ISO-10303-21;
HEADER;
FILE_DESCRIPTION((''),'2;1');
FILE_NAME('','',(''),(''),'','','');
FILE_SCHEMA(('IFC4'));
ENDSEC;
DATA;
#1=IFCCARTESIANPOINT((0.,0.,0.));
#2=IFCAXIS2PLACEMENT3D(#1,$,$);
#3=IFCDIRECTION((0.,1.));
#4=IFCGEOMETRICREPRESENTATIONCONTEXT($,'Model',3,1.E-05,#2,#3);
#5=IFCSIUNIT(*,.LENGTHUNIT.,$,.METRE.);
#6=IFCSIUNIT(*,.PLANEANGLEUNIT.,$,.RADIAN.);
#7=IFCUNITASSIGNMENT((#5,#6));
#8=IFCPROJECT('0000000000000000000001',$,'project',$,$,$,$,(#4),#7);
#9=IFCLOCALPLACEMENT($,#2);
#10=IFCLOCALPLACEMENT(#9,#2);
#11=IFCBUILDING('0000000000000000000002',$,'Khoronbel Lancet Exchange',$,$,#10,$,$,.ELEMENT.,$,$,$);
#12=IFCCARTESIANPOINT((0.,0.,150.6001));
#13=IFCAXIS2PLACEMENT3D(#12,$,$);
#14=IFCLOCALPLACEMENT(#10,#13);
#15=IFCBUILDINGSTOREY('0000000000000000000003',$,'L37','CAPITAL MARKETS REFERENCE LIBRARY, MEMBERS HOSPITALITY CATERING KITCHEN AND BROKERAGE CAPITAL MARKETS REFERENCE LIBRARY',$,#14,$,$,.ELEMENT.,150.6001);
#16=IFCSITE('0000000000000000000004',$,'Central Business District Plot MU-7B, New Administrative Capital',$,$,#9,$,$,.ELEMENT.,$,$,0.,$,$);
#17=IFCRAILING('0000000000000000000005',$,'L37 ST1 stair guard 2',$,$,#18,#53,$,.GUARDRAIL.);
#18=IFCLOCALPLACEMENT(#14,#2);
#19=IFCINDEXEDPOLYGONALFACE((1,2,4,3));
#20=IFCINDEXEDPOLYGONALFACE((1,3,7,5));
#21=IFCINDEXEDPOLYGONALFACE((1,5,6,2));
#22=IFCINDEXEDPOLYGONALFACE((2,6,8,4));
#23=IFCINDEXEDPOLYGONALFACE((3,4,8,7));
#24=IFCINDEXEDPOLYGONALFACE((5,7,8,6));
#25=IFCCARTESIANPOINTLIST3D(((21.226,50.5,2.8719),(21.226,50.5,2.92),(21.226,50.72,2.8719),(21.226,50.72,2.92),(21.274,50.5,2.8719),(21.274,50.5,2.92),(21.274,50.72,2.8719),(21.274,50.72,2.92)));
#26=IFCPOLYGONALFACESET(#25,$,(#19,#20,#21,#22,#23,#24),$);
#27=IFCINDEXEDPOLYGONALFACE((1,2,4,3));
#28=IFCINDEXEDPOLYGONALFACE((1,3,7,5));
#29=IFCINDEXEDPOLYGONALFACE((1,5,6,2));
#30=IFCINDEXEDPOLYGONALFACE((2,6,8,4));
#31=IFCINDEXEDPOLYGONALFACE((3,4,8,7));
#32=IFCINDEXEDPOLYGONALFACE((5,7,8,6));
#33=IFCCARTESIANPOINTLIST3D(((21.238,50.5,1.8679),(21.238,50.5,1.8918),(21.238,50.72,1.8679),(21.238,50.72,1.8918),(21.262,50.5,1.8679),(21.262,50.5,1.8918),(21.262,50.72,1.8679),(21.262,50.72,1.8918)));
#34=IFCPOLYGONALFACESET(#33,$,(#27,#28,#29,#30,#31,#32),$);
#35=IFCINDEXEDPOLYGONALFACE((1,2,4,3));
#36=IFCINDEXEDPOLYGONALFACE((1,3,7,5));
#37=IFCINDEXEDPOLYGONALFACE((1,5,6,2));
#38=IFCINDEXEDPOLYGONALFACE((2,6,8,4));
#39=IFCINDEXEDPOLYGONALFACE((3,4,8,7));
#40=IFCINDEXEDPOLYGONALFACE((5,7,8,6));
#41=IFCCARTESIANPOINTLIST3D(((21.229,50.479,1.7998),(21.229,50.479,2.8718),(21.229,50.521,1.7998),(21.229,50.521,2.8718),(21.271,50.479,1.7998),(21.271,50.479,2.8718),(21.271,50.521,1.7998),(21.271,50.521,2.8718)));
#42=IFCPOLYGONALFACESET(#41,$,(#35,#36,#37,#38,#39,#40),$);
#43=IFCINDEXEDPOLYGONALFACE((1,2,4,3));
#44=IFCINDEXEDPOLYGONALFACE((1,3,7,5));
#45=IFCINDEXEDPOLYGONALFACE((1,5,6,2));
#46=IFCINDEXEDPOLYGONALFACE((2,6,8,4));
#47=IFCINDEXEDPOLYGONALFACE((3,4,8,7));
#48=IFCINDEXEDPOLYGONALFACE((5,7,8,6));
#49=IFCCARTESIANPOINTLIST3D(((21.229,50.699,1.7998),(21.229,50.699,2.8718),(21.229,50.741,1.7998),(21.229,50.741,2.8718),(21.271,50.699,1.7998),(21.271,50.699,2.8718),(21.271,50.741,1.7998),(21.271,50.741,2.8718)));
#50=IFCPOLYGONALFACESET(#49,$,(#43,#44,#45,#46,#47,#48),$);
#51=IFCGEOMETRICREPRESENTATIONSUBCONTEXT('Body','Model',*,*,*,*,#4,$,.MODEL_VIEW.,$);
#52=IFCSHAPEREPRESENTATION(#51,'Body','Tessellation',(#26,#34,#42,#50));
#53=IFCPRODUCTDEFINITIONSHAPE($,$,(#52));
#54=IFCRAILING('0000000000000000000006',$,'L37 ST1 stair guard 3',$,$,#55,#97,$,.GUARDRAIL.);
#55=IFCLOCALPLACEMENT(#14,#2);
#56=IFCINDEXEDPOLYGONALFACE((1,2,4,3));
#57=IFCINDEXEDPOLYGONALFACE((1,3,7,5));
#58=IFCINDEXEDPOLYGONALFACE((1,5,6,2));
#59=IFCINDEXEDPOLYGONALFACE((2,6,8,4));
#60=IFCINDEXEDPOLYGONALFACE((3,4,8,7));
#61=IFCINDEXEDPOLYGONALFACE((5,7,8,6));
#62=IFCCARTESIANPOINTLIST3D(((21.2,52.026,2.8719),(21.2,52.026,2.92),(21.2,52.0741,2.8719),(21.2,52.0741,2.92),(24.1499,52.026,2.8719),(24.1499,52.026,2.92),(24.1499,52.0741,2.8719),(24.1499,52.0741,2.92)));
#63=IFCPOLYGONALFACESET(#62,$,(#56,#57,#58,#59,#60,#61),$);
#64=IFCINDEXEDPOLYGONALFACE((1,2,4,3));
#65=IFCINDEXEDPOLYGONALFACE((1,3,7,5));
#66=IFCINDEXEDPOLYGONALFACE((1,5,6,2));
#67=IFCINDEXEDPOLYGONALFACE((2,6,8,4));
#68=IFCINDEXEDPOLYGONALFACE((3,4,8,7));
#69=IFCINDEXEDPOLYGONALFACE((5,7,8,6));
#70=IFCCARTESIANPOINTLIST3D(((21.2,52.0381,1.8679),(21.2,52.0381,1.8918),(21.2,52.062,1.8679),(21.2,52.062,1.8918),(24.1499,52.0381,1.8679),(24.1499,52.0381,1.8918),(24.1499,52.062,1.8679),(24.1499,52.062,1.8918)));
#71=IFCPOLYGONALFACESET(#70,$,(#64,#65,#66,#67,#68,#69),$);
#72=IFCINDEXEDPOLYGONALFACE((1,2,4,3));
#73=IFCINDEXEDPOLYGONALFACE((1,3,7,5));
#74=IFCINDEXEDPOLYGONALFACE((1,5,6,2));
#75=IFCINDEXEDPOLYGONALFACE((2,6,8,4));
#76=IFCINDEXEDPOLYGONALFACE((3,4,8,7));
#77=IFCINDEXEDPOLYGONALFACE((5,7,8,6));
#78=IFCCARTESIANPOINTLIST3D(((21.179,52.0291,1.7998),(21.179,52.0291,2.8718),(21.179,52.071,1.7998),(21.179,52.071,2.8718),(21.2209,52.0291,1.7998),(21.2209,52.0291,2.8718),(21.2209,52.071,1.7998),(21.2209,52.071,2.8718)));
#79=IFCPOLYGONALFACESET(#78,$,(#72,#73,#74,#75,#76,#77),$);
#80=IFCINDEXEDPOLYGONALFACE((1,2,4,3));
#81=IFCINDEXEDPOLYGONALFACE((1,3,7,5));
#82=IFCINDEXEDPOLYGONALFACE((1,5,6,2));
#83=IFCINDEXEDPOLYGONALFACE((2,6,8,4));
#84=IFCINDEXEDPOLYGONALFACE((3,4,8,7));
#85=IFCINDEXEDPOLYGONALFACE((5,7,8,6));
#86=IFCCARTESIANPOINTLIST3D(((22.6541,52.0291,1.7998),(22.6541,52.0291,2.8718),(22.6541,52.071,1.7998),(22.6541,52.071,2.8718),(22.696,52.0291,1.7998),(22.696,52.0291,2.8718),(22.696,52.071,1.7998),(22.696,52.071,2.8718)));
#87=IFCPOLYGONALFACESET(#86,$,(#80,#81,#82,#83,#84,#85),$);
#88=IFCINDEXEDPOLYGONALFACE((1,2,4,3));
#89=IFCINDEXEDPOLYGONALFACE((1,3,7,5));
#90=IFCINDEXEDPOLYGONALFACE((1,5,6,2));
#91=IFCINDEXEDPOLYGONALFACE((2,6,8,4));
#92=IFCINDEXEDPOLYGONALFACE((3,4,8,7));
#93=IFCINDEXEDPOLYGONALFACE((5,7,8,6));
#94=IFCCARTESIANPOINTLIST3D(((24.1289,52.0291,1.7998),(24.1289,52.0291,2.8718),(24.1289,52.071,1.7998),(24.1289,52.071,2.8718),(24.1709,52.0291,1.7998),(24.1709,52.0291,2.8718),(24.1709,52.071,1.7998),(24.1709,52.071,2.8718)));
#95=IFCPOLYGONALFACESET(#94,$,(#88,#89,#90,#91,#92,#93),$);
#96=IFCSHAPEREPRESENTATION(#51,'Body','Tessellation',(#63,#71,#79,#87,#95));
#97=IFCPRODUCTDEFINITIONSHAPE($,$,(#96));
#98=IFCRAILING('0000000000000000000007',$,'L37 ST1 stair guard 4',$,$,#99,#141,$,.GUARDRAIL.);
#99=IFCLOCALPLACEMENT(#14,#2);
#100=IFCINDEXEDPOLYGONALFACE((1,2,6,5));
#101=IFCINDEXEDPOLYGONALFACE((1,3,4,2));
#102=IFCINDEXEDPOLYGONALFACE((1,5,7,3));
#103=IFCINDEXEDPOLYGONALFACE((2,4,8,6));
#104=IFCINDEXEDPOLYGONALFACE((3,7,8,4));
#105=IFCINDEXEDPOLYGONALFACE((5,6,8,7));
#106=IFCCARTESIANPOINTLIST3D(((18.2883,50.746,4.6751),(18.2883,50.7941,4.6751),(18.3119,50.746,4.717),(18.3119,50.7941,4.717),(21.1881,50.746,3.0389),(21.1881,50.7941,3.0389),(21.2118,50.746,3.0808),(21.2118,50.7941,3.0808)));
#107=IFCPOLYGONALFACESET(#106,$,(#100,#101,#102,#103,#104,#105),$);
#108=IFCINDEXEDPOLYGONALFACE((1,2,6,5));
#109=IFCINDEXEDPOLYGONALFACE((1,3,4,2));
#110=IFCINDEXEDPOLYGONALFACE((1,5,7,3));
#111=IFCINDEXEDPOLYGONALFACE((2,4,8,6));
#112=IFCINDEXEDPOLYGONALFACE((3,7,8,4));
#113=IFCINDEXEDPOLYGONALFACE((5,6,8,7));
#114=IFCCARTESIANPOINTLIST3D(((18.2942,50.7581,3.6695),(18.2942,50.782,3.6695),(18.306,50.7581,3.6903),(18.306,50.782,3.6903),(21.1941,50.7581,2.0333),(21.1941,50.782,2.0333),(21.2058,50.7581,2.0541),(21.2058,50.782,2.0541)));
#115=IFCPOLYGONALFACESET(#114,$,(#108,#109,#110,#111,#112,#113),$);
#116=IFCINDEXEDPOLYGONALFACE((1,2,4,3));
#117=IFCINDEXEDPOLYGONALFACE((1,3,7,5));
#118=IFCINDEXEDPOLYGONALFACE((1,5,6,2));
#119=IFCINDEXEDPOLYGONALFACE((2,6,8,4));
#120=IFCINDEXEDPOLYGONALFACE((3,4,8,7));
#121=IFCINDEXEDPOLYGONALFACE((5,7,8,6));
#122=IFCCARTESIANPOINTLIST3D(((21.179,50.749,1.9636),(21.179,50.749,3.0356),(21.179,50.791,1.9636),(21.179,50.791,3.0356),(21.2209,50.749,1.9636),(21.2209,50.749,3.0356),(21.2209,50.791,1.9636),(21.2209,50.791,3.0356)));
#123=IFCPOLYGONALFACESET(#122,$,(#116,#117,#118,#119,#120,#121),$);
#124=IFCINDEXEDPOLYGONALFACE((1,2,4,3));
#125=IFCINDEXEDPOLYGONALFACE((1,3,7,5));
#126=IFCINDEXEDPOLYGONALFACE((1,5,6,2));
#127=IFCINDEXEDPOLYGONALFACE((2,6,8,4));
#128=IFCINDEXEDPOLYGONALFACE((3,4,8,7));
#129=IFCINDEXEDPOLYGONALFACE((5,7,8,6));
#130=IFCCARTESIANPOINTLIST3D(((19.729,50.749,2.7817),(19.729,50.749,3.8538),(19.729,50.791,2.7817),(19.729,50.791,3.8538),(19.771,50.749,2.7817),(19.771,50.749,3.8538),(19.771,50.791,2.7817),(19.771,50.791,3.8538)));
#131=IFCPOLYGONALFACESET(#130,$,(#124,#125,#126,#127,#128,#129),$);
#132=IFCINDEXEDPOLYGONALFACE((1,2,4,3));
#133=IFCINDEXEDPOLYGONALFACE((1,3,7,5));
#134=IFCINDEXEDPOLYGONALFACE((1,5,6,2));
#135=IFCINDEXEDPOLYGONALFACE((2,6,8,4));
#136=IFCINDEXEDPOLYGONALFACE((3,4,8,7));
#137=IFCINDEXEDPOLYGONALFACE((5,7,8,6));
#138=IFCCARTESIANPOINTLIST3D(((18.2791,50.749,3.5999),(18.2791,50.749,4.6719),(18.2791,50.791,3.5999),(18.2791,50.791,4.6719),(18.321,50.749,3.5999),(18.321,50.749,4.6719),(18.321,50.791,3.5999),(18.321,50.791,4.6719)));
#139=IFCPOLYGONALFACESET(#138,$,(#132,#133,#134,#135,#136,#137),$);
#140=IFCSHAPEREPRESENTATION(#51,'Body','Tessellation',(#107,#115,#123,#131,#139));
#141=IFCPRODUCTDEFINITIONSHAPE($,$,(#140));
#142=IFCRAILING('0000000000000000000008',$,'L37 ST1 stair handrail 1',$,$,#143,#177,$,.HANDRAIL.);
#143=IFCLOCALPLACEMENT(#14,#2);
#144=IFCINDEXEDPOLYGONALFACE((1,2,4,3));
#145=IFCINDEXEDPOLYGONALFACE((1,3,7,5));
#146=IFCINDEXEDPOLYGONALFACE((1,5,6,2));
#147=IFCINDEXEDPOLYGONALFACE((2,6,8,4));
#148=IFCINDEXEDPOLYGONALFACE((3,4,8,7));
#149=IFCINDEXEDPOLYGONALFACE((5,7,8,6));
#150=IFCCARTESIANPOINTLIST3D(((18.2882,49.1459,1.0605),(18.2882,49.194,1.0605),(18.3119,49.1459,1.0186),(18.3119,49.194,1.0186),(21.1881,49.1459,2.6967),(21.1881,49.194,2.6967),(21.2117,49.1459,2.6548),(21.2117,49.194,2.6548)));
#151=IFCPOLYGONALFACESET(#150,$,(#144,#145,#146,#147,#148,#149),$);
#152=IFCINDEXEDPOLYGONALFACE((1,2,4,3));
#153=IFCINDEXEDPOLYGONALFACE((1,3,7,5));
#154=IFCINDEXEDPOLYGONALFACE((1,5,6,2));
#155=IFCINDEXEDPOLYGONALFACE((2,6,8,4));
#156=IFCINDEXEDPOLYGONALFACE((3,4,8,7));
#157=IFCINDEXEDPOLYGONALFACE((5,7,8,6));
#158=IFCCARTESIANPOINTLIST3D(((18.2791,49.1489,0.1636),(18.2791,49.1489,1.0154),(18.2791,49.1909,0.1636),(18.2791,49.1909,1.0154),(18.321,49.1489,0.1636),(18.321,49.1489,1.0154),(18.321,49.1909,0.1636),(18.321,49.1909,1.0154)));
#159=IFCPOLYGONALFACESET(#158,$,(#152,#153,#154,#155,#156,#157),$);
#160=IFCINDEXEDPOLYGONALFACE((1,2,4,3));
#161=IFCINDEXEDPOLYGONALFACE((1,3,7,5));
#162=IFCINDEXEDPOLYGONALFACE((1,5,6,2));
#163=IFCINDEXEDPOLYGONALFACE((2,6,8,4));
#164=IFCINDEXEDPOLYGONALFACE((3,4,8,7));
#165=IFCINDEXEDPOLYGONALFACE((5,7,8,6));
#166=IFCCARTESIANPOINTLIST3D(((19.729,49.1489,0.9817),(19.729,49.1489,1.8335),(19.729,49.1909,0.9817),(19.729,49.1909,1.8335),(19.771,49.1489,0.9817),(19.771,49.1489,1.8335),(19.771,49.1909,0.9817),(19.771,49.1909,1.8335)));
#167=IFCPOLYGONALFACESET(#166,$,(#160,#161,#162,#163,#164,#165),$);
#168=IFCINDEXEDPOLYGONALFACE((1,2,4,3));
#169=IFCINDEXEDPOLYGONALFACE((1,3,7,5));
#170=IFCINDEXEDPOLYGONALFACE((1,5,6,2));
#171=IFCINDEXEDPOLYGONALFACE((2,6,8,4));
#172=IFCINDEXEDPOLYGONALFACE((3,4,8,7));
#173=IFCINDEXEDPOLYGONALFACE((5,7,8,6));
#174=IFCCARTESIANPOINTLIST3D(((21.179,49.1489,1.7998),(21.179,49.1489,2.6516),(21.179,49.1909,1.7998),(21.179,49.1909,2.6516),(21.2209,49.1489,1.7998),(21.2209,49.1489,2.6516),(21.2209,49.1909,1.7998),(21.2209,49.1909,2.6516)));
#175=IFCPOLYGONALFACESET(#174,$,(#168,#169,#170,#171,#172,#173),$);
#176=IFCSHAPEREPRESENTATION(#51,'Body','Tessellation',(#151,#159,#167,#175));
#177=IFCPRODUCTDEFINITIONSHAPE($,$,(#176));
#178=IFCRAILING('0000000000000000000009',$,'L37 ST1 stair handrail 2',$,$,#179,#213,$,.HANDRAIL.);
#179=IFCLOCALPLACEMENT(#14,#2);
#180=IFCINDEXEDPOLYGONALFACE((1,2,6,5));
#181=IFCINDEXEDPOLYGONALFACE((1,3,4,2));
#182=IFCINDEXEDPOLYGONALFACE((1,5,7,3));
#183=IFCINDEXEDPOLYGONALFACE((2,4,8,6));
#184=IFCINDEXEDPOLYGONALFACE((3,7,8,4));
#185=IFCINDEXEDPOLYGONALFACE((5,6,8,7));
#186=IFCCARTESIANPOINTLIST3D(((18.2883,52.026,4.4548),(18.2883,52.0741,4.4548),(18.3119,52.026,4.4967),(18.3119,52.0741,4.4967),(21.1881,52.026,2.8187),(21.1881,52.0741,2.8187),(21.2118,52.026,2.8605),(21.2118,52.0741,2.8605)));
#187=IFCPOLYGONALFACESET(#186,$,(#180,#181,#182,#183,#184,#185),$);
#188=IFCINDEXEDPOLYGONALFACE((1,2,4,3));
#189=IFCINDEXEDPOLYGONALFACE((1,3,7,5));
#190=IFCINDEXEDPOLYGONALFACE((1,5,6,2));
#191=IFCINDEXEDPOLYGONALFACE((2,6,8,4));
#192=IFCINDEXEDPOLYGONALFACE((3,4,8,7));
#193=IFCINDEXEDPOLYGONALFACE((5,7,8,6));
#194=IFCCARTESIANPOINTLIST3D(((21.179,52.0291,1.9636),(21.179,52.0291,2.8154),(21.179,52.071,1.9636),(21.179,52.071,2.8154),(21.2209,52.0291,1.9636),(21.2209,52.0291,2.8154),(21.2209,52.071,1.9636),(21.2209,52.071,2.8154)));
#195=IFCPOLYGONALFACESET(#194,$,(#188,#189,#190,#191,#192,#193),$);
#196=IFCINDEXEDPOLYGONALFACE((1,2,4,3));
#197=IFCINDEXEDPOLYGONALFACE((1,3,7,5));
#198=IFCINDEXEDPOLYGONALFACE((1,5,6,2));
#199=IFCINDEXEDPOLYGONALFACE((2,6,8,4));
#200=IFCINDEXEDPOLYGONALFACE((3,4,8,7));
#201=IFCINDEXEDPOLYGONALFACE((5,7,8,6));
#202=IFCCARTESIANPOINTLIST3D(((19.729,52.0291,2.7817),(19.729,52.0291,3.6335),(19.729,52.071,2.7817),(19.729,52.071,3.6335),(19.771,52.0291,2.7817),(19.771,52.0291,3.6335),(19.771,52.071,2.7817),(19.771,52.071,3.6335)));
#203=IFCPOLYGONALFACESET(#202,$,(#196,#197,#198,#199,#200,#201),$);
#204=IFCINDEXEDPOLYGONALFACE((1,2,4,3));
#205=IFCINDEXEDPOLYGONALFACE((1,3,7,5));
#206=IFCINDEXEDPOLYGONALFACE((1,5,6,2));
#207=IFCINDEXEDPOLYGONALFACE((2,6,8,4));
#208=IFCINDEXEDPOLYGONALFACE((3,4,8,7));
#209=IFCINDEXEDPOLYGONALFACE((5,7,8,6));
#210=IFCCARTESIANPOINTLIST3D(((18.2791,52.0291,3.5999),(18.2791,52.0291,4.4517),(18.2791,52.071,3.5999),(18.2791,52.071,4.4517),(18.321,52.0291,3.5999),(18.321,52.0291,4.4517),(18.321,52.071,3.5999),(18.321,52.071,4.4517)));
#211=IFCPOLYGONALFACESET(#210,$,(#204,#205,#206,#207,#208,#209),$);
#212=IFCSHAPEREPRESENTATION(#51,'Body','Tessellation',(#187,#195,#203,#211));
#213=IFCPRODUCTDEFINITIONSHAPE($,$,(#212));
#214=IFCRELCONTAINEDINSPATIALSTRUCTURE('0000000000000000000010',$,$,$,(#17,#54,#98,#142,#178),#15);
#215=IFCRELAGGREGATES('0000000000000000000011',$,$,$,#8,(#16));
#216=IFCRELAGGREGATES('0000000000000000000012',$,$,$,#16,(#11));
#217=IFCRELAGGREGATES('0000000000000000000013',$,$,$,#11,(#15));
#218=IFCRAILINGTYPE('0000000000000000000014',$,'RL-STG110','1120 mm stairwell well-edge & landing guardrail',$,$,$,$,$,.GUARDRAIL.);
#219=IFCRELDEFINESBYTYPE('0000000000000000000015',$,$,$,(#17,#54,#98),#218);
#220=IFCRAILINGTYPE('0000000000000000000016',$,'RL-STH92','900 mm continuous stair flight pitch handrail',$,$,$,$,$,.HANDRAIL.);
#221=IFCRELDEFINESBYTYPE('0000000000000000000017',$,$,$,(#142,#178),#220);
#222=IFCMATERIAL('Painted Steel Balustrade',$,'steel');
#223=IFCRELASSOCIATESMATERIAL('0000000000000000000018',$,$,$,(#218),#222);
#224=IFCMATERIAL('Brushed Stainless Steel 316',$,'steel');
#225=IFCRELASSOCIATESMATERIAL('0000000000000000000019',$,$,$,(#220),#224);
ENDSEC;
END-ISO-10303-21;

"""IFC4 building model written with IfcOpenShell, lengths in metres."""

from ifc_helpers import new_model, si_unit, direction, frame, origin, origin_2d, place, context, subcontext, project, spatial, rectangle, extrude, material, type_object, element, save


model = new_model("IFC4")

# Units and contexts
model_context = context("Model", 3, precision=1e-05, world=origin(), true_north=direction((0.0, 1.0)))
body_context = subcontext(model_context, "Body", "Model", "MODEL_VIEW")
ifc_project = project(units=[si_unit("LENGTHUNIT", "METRE"), si_unit("PLANEANGLEUNIT", "RADIAN")], contexts=[model_context])

# Site, building, storey
site_placement = place(None, origin())
site = spatial("IfcSite", under=ifc_project, at=site_placement, Name="Central Business District Plot MU-7B, New Administrative Capital", CompositionType="ELEMENT", RefElevation=0.0)
building_placement = place(site_placement, origin())
building = spatial("IfcBuilding", under=site, at=building_placement, Name="Khoronbel Lancet Exchange", CompositionType="ELEMENT")
storey_placement = place(building_placement, frame((0.0, 0.0, 150.6001)))
storey = spatial("IfcBuildingStorey", under=building, at=storey_placement, Name="L37", Description="CAPITAL MARKETS REFERENCE LIBRARY, MEMBERS HOSPITALITY CATERING KITCHEN AND BROKERAGE CAPITAL MARKETS REFERENCE LIBRARY", CompositionType="ELEMENT", Elevation=150.6001)

# Railings
ifc_material_1 = material(Name="Painted Steel Balustrade", Category="steel")
railing_type_1 = type_object("IfcRailingType", Name="RL-STG110", Description="1120 mm stairwell well-edge & landing guardrail", PredefinedType="GUARDRAIL", material=ifc_material_1)
railing_1_placement = place(storey_placement, frame((21.25, 50.5, 1.7998)))
element("IfcRailing", 1, at=railing_1_placement, inside=storey, type_object=railing_type_1, Name="L37 ST1 stair guard 2", PredefinedType="GUARDRAIL", context=body_context, shape_type="SweptSolid", body=[
    extrude(rectangle(XDim=0.0481, YDim=0.0481, at=origin_2d()), frame((0.0, 0.0, 1.0962), z_axis=(0.0, 1.0, 0.0), x_axis=(-1.0, 0.0, 0.0)), (0.0, 0.0, 1.0), 0.22),
    extrude(rectangle(XDim=0.0239, YDim=0.0239, at=origin_2d()), frame((0.0, 0.0, 0.0801), z_axis=(0.0, 1.0, 0.0), x_axis=(-1.0, 0.0, 0.0)), (0.0, 0.0, 1.0), 0.22),
    extrude(rectangle(XDim=0.042, YDim=0.042, at=origin_2d()), origin(), (0.0, 0.0, 1.0), 1.072),
    extrude(rectangle(XDim=0.042, YDim=0.042, at=origin_2d()), frame((0.0, 0.22, 0.0)), (0.0, 0.0, 1.0), 1.072),
])
railing_2_placement = place(storey_placement, frame((21.2, 52.05, 1.7998)))
element("IfcRailing", 2, at=railing_2_placement, inside=storey, type_object=railing_type_1, Name="L37 ST1 stair guard 3", PredefinedType="GUARDRAIL", context=body_context, shape_type="SweptSolid", body=[
    extrude(rectangle(XDim=0.0481, YDim=0.0481, at=origin_2d()), frame((0.0, 0.0, 1.0962), z_axis=(1.0, 0.0, 0.0), x_axis=(0.0, 1.0, 0.0)), (0.0, 0.0, 1.0), 2.95),
    extrude(rectangle(XDim=0.0239, YDim=0.0239, at=origin_2d()), frame((0.0, 0.0, 0.0801), z_axis=(1.0, 0.0, 0.0), x_axis=(0.0, 1.0, 0.0)), (0.0, 0.0, 1.0), 2.95),
    extrude(rectangle(XDim=0.042, YDim=0.042, at=origin_2d()), origin(), (0.0, 0.0, 1.0), 1.072),
    extrude(rectangle(XDim=0.042, YDim=0.042, at=origin_2d()), frame((1.4751, 0.0, 0.0)), (0.0, 0.0, 1.0), 1.072),
    extrude(rectangle(XDim=0.042, YDim=0.042, at=origin_2d()), frame((2.95, 0.0, 0.0)), (0.0, 0.0, 1.0), 1.072),
])
railing_3_placement = place(storey_placement, frame((21.2, 50.77, 1.9636)))
element("IfcRailing", 3, at=railing_3_placement, inside=storey, type_object=railing_type_1, Name="L37 ST1 stair guard 4", PredefinedType="GUARDRAIL", context=body_context, shape_type="SweptSolid", body=[
    extrude(rectangle(XDim=0.0481, YDim=0.0481, at=origin_2d()), frame((0.0, 0.0, 1.0962), z_axis=(-0.870929, 0.0, 0.49141), x_axis=(0.0, -1.0, 0.0)), (0.0, 0.0, 1.0), 3.3296),
    extrude(rectangle(XDim=0.0239, YDim=0.0239, at=origin_2d()), frame((0.0, 0.0, 0.0801), z_axis=(-0.870929, 0.0, 0.49141), x_axis=(0.0, -1.0, 0.0)), (0.0, 0.0, 1.0), 3.3296),
    extrude(rectangle(XDim=0.042, YDim=0.042, at=origin_2d()), origin(), (0.0, 0.0, 1.0), 1.072),
    extrude(rectangle(XDim=0.042, YDim=0.042, at=origin_2d()), frame((-1.45, 0.0, 0.8181)), (0.0, 0.0, 1.0), 1.072),
    extrude(rectangle(XDim=0.042, YDim=0.042, at=origin_2d()), frame((-2.8999, 0.0, 1.6362)), (0.0, 0.0, 1.0), 1.072),
])
ifc_material_2 = material(Name="Brushed Stainless Steel 316", Category="steel")
railing_type_2 = type_object("IfcRailingType", Name="RL-STH92", Description="900 mm continuous stair flight pitch handrail", PredefinedType="HANDRAIL", material=ifc_material_2)
railing_4_placement = place(storey_placement, frame((18.3, 49.1699, 0.1636)))
element("IfcRailing", 4, at=railing_4_placement, inside=storey, type_object=railing_type_2, Name="L37 ST1 stair handrail 1", PredefinedType="HANDRAIL", context=body_context, shape_type="SweptSolid", body=[
    extrude(rectangle(XDim=0.0481, YDim=0.0481, at=origin_2d()), frame((0.0, 0.0, 0.876), z_axis=(0.870929, 0.0, 0.49141), x_axis=(0.0, 1.0, 0.0)), (0.0, 0.0, 1.0), 3.3296),
    extrude(rectangle(XDim=0.042, YDim=0.042, at=origin_2d()), origin(), (0.0, 0.0, 1.0), 0.8518),
    extrude(rectangle(XDim=0.042, YDim=0.042, at=origin_2d()), frame((1.45, 0.0, 0.8181)), (0.0, 0.0, 1.0), 0.8518),
    extrude(rectangle(XDim=0.042, YDim=0.042, at=origin_2d()), frame((2.8999, 0.0, 1.6362)), (0.0, 0.0, 1.0), 0.8518),
])
railing_5_placement = place(storey_placement, frame((21.2, 52.05, 1.9636)))
element("IfcRailing", 5, at=railing_5_placement, inside=storey, type_object=railing_type_2, Name="L37 ST1 stair handrail 2", PredefinedType="HANDRAIL", context=body_context, shape_type="SweptSolid", body=[
    extrude(rectangle(XDim=0.0481, YDim=0.0481, at=origin_2d()), frame((0.0, 0.0, 0.876), z_axis=(-0.870929, 0.0, 0.49141), x_axis=(0.0, -1.0, 0.0)), (0.0, 0.0, 1.0), 3.3296),
    extrude(rectangle(XDim=0.042, YDim=0.042, at=origin_2d()), origin(), (0.0, 0.0, 1.0), 0.8518),
    extrude(rectangle(XDim=0.042, YDim=0.042, at=origin_2d()), frame((-1.45, 0.0, 0.8181)), (0.0, 0.0, 1.0), 0.8518),
    extrude(rectangle(XDim=0.042, YDim=0.042, at=origin_2d()), frame((-2.8999, 0.0, 1.6362)), (0.0, 0.0, 1.0), 0.8518),
])

save(model, "model.ifc")
